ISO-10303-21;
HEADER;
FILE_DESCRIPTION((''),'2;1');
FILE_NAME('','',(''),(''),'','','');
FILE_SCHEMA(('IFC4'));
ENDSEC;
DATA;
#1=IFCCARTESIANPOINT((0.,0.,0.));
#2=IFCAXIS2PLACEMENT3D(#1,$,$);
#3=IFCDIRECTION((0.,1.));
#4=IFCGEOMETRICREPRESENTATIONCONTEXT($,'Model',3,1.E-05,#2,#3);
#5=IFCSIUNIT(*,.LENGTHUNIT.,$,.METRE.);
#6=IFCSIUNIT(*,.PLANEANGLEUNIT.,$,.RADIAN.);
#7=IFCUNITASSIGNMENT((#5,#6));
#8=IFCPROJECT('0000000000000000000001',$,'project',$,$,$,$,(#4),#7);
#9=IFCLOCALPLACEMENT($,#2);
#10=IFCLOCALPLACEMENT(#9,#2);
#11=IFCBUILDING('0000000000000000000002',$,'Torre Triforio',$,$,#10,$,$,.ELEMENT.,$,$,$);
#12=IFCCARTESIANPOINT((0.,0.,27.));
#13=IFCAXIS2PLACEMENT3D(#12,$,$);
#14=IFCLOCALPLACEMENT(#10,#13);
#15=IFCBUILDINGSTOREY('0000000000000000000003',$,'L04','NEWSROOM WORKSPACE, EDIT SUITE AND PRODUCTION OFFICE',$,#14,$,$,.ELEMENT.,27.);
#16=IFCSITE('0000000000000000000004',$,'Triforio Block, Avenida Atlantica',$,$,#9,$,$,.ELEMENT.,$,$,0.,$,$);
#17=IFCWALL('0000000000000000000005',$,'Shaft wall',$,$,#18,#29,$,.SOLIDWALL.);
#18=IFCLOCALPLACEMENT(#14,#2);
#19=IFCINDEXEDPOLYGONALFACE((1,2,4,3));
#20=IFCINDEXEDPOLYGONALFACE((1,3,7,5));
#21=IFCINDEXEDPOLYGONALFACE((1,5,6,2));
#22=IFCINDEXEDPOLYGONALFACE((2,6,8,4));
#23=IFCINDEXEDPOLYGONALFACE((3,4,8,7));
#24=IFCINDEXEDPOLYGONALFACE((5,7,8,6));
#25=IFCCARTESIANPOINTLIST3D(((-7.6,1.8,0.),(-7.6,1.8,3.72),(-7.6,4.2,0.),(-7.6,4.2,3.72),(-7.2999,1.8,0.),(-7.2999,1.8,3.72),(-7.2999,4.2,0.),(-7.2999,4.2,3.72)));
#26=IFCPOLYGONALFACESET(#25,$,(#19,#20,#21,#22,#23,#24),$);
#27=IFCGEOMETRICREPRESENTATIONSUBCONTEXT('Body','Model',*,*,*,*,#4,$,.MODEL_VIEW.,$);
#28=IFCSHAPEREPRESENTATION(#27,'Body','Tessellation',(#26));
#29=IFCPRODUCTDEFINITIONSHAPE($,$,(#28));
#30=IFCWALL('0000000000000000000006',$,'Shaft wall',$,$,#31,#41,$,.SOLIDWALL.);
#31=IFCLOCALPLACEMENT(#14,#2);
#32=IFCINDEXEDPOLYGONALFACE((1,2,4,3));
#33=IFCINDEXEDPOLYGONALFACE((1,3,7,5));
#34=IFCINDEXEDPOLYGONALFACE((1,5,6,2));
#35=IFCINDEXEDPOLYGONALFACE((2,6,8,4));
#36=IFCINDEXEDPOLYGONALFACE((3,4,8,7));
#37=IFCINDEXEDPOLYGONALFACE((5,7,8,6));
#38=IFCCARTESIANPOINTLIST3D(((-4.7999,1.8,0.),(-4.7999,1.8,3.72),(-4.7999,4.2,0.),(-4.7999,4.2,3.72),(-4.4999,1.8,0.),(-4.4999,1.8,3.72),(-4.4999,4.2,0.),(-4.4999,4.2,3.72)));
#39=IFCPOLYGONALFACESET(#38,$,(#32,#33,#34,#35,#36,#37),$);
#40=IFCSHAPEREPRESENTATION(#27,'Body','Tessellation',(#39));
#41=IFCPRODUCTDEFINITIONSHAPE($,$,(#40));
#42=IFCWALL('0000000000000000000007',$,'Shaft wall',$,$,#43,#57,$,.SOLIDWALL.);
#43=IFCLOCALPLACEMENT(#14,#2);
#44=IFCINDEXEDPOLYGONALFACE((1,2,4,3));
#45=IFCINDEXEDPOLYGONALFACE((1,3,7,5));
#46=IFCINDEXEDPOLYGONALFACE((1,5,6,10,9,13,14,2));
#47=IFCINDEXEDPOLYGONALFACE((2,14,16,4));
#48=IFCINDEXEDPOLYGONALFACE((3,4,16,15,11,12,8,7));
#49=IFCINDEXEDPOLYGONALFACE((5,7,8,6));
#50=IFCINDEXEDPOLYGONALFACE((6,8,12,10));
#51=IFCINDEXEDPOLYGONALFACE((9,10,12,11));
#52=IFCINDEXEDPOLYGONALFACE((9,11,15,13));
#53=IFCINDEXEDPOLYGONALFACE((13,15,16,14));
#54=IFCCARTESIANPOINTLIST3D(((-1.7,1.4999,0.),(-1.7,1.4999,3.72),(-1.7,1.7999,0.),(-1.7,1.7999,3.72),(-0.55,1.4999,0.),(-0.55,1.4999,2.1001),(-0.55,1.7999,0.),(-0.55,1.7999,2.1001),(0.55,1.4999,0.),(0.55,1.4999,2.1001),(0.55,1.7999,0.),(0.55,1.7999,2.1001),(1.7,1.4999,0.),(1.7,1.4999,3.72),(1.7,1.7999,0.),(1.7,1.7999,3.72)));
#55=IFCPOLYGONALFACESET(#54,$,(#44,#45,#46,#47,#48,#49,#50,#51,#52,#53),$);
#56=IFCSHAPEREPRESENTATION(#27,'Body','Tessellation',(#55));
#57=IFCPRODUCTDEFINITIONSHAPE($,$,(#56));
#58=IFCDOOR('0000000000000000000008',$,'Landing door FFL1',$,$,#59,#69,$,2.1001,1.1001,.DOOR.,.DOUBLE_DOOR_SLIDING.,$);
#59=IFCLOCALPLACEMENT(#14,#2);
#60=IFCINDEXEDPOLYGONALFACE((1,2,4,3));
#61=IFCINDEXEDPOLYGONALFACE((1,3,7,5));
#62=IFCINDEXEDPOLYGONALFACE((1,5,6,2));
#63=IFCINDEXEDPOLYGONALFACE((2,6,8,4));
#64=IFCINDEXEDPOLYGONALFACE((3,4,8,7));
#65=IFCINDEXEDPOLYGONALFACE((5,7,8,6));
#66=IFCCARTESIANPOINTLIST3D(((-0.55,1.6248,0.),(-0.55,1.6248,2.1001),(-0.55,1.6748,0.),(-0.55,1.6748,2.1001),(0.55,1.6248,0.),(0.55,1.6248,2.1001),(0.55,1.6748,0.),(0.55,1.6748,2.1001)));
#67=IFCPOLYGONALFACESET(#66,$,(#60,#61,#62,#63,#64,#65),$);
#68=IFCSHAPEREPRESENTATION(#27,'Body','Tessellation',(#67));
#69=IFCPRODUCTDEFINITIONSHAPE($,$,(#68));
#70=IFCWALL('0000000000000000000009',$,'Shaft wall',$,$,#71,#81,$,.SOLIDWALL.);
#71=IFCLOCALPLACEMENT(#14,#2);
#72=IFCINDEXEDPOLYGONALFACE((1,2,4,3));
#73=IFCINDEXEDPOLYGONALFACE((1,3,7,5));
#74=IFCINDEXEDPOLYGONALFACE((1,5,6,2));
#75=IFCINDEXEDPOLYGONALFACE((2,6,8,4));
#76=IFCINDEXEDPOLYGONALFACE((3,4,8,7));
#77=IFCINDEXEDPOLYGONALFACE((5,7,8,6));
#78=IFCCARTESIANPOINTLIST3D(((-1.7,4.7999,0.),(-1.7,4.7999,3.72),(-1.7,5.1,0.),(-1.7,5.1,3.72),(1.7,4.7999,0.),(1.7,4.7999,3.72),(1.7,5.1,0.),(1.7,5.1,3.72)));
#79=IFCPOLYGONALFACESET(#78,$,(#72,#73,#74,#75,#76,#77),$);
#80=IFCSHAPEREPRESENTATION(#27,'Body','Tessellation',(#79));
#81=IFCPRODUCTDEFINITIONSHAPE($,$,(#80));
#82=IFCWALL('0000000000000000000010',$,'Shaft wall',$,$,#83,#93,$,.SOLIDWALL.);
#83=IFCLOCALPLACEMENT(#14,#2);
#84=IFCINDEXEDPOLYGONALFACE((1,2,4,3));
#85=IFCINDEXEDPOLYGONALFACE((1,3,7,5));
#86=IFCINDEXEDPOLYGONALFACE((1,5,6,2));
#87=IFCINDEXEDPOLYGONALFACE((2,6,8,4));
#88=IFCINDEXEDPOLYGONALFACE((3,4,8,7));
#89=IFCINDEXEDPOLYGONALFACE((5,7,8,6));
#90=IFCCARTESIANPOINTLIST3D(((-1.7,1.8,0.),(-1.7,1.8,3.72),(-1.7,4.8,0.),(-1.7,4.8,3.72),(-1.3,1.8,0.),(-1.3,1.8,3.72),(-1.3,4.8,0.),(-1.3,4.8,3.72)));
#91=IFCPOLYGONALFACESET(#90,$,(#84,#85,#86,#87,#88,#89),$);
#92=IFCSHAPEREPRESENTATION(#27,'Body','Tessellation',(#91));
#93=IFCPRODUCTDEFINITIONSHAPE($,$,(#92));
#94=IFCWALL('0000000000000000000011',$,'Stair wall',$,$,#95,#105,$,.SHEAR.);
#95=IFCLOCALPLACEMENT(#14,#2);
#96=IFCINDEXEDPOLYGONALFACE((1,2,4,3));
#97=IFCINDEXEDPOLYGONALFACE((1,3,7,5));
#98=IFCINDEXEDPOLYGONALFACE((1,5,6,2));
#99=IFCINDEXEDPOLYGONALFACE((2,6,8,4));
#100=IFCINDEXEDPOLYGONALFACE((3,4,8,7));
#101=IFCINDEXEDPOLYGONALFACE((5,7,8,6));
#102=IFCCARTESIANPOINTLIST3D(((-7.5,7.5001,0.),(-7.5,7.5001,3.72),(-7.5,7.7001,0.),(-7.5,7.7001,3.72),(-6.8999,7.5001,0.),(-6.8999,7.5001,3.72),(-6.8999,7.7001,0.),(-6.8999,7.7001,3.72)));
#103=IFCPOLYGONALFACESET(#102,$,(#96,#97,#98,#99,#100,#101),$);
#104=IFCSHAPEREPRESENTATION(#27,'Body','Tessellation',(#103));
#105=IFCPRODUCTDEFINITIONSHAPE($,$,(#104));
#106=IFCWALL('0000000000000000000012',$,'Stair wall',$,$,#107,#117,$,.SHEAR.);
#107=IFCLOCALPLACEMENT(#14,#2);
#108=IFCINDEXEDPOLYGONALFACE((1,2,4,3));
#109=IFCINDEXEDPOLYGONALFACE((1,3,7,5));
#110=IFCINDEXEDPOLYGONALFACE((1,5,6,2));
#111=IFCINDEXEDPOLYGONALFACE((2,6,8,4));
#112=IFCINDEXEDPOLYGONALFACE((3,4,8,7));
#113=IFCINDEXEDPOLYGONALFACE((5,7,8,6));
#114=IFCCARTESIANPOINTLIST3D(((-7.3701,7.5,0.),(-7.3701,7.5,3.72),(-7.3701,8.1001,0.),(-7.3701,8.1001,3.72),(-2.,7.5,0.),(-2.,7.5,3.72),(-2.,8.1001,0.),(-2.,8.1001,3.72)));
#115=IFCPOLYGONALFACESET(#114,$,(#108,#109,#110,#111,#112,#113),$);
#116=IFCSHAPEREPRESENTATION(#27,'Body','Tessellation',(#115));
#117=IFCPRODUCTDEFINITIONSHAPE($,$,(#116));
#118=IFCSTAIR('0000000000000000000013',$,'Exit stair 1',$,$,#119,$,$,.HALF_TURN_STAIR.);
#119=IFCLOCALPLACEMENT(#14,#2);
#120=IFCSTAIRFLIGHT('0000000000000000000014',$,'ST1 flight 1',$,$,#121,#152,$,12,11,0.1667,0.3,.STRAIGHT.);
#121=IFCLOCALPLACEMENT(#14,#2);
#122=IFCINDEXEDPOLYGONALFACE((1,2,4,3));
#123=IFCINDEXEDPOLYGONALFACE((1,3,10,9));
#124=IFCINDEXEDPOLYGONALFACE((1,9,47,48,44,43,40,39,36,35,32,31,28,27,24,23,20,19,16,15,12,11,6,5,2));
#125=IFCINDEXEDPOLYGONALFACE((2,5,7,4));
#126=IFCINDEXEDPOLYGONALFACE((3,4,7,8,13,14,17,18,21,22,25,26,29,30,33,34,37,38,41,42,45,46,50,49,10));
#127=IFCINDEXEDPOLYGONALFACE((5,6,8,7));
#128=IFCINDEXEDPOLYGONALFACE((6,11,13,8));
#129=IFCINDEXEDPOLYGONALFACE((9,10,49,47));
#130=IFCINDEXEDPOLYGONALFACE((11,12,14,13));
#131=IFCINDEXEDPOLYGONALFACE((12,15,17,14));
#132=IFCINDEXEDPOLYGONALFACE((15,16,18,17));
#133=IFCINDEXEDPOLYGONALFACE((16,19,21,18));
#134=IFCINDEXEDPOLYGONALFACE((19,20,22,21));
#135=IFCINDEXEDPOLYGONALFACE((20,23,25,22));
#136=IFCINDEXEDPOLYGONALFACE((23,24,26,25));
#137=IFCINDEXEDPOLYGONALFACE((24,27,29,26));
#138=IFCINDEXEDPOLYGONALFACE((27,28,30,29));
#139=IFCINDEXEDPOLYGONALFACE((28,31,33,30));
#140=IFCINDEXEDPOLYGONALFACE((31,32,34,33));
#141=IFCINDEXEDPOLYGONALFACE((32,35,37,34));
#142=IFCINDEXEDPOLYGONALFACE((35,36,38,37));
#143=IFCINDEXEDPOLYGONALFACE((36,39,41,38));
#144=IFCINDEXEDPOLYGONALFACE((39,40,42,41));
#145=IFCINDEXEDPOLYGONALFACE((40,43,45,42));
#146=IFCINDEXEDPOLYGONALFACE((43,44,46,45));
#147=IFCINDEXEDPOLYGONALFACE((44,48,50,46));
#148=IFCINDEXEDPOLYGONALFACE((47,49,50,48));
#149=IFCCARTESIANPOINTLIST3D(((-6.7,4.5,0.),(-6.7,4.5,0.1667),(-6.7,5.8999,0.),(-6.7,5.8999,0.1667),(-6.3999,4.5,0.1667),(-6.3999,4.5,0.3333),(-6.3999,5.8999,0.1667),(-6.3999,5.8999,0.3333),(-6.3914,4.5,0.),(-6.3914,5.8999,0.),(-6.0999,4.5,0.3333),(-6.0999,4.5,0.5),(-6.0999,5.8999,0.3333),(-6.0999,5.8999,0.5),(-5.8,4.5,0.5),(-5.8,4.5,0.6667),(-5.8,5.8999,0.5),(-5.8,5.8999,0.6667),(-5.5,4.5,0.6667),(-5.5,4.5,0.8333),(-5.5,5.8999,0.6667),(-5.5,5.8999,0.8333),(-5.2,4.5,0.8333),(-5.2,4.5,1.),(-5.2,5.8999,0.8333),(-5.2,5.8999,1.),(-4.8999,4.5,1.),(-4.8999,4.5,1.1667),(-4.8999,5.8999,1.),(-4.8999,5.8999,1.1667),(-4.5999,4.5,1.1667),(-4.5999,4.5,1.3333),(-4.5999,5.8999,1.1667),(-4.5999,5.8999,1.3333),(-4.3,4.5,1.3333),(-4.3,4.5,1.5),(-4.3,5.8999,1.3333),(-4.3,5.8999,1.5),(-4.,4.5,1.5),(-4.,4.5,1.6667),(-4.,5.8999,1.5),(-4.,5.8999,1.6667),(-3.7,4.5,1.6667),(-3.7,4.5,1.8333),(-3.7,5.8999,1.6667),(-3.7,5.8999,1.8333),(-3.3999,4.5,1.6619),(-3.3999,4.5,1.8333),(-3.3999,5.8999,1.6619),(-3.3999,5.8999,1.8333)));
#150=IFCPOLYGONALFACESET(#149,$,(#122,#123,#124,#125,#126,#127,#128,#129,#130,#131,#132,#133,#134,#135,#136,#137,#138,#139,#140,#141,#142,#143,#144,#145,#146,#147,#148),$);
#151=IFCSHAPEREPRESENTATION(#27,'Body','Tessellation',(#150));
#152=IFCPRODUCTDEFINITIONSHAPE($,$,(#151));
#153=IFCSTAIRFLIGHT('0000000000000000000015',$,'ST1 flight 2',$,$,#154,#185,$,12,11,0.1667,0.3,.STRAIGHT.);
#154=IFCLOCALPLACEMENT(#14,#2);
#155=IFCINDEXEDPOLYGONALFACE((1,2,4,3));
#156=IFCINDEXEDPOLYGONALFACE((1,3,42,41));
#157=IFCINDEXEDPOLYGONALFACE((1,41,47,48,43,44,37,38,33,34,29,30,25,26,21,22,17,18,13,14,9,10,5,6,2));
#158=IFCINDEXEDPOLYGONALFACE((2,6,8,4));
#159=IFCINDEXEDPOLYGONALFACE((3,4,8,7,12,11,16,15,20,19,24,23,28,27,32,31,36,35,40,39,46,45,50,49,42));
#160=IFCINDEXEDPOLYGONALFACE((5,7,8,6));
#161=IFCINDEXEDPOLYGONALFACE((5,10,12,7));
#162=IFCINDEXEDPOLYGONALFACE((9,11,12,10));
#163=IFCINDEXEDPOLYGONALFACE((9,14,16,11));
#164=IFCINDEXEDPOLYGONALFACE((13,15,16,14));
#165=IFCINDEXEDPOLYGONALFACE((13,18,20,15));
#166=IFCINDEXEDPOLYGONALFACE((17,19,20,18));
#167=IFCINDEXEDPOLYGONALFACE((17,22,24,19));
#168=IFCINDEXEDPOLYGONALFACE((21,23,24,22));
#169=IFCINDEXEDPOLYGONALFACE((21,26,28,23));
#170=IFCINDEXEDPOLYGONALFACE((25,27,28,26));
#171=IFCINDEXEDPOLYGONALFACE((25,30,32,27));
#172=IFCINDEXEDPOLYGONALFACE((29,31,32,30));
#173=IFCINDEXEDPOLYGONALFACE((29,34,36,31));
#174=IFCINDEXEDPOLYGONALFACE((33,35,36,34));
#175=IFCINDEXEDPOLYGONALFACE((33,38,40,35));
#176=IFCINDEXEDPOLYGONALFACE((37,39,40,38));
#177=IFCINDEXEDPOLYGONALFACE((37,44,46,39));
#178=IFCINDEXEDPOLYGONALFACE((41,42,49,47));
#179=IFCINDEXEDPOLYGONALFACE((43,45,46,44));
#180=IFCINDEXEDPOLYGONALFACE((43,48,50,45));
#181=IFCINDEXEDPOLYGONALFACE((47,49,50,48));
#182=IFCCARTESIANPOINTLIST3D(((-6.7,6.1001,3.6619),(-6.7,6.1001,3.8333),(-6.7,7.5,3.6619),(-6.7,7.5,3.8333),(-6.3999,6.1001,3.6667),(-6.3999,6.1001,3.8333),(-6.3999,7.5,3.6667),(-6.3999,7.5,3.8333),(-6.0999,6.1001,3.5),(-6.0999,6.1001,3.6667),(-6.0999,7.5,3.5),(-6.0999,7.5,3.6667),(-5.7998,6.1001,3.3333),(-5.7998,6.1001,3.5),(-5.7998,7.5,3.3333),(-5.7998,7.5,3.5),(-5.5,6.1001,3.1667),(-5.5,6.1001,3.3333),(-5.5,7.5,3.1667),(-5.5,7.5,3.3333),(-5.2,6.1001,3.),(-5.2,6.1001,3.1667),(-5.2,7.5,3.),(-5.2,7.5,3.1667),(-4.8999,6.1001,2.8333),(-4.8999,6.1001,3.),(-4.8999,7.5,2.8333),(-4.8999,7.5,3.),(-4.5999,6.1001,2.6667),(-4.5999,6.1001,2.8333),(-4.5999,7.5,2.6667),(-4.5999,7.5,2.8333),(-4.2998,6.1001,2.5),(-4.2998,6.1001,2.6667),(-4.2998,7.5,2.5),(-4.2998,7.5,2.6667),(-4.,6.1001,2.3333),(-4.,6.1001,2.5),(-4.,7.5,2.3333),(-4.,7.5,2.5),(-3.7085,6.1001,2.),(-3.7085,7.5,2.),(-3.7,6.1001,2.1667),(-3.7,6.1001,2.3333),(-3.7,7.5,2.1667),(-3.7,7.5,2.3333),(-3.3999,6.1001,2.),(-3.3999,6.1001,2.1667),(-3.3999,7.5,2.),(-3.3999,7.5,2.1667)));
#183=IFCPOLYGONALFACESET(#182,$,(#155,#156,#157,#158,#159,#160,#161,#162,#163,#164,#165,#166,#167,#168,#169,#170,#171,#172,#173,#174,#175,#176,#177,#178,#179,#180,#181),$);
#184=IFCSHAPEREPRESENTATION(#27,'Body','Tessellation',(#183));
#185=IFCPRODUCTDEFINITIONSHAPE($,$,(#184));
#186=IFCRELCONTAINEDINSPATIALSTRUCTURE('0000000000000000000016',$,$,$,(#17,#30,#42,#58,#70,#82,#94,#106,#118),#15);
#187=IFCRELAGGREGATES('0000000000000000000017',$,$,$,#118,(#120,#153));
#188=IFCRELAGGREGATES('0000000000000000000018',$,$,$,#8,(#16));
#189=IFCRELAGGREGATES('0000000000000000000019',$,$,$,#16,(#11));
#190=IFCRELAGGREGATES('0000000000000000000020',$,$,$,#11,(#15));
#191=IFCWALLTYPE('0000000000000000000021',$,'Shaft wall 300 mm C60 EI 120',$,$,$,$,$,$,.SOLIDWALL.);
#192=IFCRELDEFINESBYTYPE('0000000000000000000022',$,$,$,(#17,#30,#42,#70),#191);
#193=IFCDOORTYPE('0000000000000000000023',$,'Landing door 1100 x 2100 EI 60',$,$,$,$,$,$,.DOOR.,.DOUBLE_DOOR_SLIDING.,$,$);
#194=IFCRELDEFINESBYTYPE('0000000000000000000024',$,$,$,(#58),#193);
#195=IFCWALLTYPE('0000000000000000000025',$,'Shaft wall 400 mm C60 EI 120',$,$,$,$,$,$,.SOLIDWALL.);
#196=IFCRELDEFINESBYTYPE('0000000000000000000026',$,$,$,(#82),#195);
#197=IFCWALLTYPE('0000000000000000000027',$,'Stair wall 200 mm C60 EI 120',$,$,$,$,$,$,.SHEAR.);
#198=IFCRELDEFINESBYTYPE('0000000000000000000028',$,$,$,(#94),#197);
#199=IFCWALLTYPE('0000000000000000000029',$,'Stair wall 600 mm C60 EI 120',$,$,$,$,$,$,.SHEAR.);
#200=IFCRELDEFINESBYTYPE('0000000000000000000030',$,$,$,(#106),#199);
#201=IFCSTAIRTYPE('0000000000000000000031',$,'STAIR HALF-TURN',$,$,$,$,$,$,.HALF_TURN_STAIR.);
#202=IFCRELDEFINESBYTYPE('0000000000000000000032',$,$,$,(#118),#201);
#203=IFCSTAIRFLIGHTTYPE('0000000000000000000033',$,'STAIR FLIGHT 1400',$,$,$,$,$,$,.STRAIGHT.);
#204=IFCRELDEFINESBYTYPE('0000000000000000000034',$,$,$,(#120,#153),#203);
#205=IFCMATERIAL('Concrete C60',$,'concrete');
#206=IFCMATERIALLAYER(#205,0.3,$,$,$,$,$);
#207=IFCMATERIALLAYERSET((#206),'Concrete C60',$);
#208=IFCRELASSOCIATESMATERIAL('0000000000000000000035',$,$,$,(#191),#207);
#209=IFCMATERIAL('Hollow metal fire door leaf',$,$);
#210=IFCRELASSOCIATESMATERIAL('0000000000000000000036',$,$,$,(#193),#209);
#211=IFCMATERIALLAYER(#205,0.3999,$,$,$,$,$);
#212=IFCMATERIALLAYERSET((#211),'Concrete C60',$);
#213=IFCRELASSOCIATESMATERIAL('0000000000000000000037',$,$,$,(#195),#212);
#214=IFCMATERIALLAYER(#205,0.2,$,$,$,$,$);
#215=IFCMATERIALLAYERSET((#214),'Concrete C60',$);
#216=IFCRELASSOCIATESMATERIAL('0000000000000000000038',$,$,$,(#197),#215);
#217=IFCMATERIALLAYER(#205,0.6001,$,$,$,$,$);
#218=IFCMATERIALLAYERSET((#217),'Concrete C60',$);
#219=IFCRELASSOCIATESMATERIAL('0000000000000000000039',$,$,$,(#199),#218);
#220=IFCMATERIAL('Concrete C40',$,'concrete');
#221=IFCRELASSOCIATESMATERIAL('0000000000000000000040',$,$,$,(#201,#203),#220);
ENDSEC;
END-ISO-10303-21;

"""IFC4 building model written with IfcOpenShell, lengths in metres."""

from ifc_helpers import new_model, si_unit, direction, frame, frame_2d, origin, place, context, subcontext, project, spatial, polyline, rectangle, outline, extrude, material, layer, layer_set, type_object, element, fill, aggregate, save


model = new_model("IFC4")

# Units and contexts
model_context = context("Model", 3, precision=1e-05, world=origin(), true_north=direction((0.0, 1.0)))
body_context = subcontext(model_context, "Body", "Model", "MODEL_VIEW")
ifc_project = project(units=[si_unit("LENGTHUNIT", "METRE"), si_unit("PLANEANGLEUNIT", "RADIAN")], contexts=[model_context])

# Site, building, storey
site_placement = place(None, origin())
site = spatial("IfcSite", under=ifc_project, at=site_placement, Name="Triforio Block, Avenida Atlantica", CompositionType="ELEMENT", RefElevation=0.0)
building_placement = place(site_placement, origin())
building = spatial("IfcBuilding", under=site, at=building_placement, Name="Torre Triforio", CompositionType="ELEMENT")
storey_placement = place(building_placement, frame((0.0, 0.0, 27.0)))
storey = spatial("IfcBuildingStorey", under=building, at=storey_placement, Name="L04", Description="NEWSROOM WORKSPACE, EDIT SUITE AND PRODUCTION OFFICE", CompositionType="ELEMENT", Elevation=27.0)

# Walls
ifc_material_1 = material(Name="Concrete C60", Category="concrete")
ifc_layer_1 = layer(ifc_material_1, 0.3)
ifc_layer_set_1 = layer_set([ifc_layer_1], Name="Concrete C60")
wall_type_1 = type_object("IfcWallType", Name="Shaft wall 300 mm C60 EI 120", PredefinedType="SOLIDWALL", material=ifc_layer_set_1)
for number, where, z_axis, x_axis, name in (
    (1, (-7.45, 1.8, 0.0), (0.0, 0.0, 1.0), (0.0, 1.0, 0.0), "Shaft wall"),
    (2, (-4.6499, 1.8, 0.0), (0.0, 0.0, 1.0), (0.0, 1.0, 0.0), "Shaft wall"),
):
    element("IfcWall", number, at=place(storey_placement, frame(where, z_axis=z_axis, x_axis=x_axis)), inside=storey, type_object=wall_type_1, Name=name, PredefinedType="SOLIDWALL", context=body_context, shape_type="SweptSolid", body=[
        extrude(rectangle(XDim=2.3999, YDim=0.3, at=frame_2d((1.2, 0.0))), origin(), (0.0, 0.0, 1.0), 3.72),
    ])

# Wall, opening, door
wall_1_placement = place(storey_placement, frame((-1.7, 1.6499, 0.0), z_axis=(0.0, 0.0, 1.0), x_axis=(1.0, 0.0, 0.0)))
wall_1 = element("IfcWall", 3, at=wall_1_placement, inside=storey, type_object=wall_type_1, Name="Shaft wall", PredefinedType="SOLIDWALL", context=body_context, shape_type="SweptSolid", body=[
    extrude(rectangle(XDim=3.3999, YDim=0.3, at=frame_2d((1.7, 0.0))), origin(), (0.0, 0.0, 1.0), 3.72),
])
opening_placement = place(wall_1_placement, frame((1.1499, 0.0, 0.0)))
opening = element("IfcOpeningElement", 4, at=opening_placement, cuts=wall_1, PredefinedType="OPENING", context=body_context, shape_type="SweptSolid", body=[
    extrude(rectangle(XDim=1.1001, YDim=2.1001, at=frame_2d((0.55, 1.05))), frame((0.0, 0.1599, 0.0), z_axis=(0.0, -1.0, 0.0), x_axis=(1.0, 0.0, 0.0)), (0.0, 0.0, 1.0), 0.3201),
])
ifc_material_2 = material(Name="Hollow metal fire door leaf")
door_type = type_object("IfcDoorType", Name="Landing door 1100 x 2100 EI 60", OperationType="DOUBLE_DOOR_SLIDING", PredefinedType="DOOR", material=ifc_material_2)
door_placement = place(opening_placement, origin())
door = element("IfcDoor", 5, at=door_placement, inside=storey, type_object=door_type, Name="Landing door FFL1", OperationType="DOUBLE_DOOR_SLIDING", OverallHeight=2.1001, OverallWidth=1.1001, PredefinedType="DOOR", context=body_context, shape_type="SweptSolid", body=[
    extrude(rectangle(XDim=1.1001, YDim=2.1001, at=frame_2d((0.55, 1.05))), frame((0.0, 0.0249, 0.0), z_axis=(0.0, -1.0, 0.0), x_axis=(1.0, 0.0, 0.0)), (0.0, 0.0, 1.0), 0.05),
])
fill(opening, door)

# Walls
wall_2_placement = place(storey_placement, frame((-1.7, 4.95, 0.0), z_axis=(0.0, 0.0, 1.0), x_axis=(1.0, 0.0, 0.0)))
element("IfcWall", 6, at=wall_2_placement, inside=storey, type_object=wall_type_1, Name="Shaft wall", PredefinedType="SOLIDWALL", context=body_context, shape_type="SweptSolid", body=[
    extrude(rectangle(XDim=3.3999, YDim=0.3, at=frame_2d((1.7, 0.0))), origin(), (0.0, 0.0, 1.0), 3.72),
])
ifc_layer_2 = layer(ifc_material_1, 0.3999)
ifc_layer_set_2 = layer_set([ifc_layer_2], Name="Concrete C60")
wall_type_2 = type_object("IfcWallType", Name="Shaft wall 400 mm C60 EI 120", PredefinedType="SOLIDWALL", material=ifc_layer_set_2)
wall_3_placement = place(storey_placement, frame((-1.5, 1.8, 0.0), z_axis=(0.0, 0.0, 1.0), x_axis=(0.0, 1.0, 0.0)))
element("IfcWall", 7, at=wall_3_placement, inside=storey, type_object=wall_type_2, Name="Shaft wall", PredefinedType="SOLIDWALL", context=body_context, shape_type="SweptSolid", body=[
    extrude(rectangle(XDim=3.0, YDim=0.3999, at=frame_2d((1.5, 0.0))), origin(), (0.0, 0.0, 1.0), 3.72),
])
ifc_layer_3 = layer(ifc_material_1, 0.2)
ifc_layer_set_3 = layer_set([ifc_layer_3], Name="Concrete C60")
wall_type_3 = type_object("IfcWallType", Name="Stair wall 200 mm C60 EI 120", PredefinedType="SHEAR", material=ifc_layer_set_3)
wall_4_placement = place(storey_placement, frame((-7.5, 7.6001, 0.0), z_axis=(0.0, 0.0, 1.0), x_axis=(1.0, 0.0, 0.0)))
element("IfcWall", 8, at=wall_4_placement, inside=storey, type_object=wall_type_3, Name="Stair wall", PredefinedType="SHEAR", context=body_context, shape_type="SweptSolid", body=[
    extrude(rectangle(XDim=0.6001, YDim=0.2, at=frame_2d((0.3, 0.0))), origin(), (0.0, 0.0, 1.0), 3.72),
])
ifc_layer_4 = layer(ifc_material_1, 0.6001)
ifc_layer_set_4 = layer_set([ifc_layer_4], Name="Concrete C60")
wall_type_4 = type_object("IfcWallType", Name="Stair wall 600 mm C60 EI 120", PredefinedType="SHEAR", material=ifc_layer_set_4)
wall_5_placement = place(storey_placement, frame((-7.3701, 7.8, 0.0), z_axis=(0.0, 0.0, 1.0), x_axis=(1.0, 0.0, 0.0)))
element("IfcWall", 9, at=wall_5_placement, inside=storey, type_object=wall_type_4, Name="Stair wall", PredefinedType="SHEAR", context=body_context, shape_type="SweptSolid", body=[
    extrude(rectangle(XDim=5.3701, YDim=0.6001, at=frame_2d((2.6851, 0.0))), origin(), (0.0, 0.0, 1.0), 3.72),
])

# Stair, stair flights
ifc_material_3 = material(Name="Concrete C40", Category="concrete")
stair_type = type_object("IfcStairType", Name="STAIR HALF-TURN", PredefinedType="HALF_TURN_STAIR", material=ifc_material_3)
stair_placement = place(storey_placement, origin())
stair = element("IfcStair", 10, at=stair_placement, inside=storey, type_object=stair_type, Name="Exit stair 1", PredefinedType="HALF_TURN_STAIR")
stair_flight_type = type_object("IfcStairFlightType", Name="STAIR FLIGHT 1400", PredefinedType="STRAIGHT", material=ifc_material_3)
stair_flight_1_placement = place(storey_placement, frame((-6.7, 5.2, 0.0), z_axis=(0.0, 0.0, 1.0), x_axis=(1.0, 0.0, 0.0)))
stair_flight_1 = element("IfcStairFlight", 11, at=stair_flight_1_placement, type_object=stair_flight_type, Name="ST1 flight 1", NumberOfRisers=12, NumberOfTreads=11, PredefinedType="STRAIGHT", RiserHeight=0.1667, TreadLength=0.3, context=body_context, shape_type="SweptSolid", body=[
    extrude(outline(polyline([(0.0, 0.0), (0.0, 0.1667), (0.3, 0.1667), (0.3, 0.3333), (0.6001, 0.3333), (0.6001, 0.5), (0.8999, 0.5), (0.8999, 0.6667), (1.2, 0.6667), (1.2, 0.8333), (1.5, 0.8333), (1.5, 1.0), (1.8, 1.0), (1.8, 1.1667), (2.1001, 1.1667), (2.1001, 1.3333), (2.3999, 1.3333), (2.3999, 1.5), (2.7, 1.5), (2.7, 1.6667), (3.0, 1.6667), (3.0, 1.8333), (3.3, 1.8333), (3.3, 2.0), (3.3, 1.6619), (0.3086, 0.0), (0.0, 0.0)])), frame((0.0, 0.7, 0.0), z_axis=(0.0, -1.0, 0.0), x_axis=(1.0, 0.0, 0.0)), (0.0, 0.0, 1.0), 1.3999),
])
stair_flight_2_placement = place(storey_placement, frame((-3.3999, 6.8, 2.0), z_axis=(0.0, 0.0, 1.0), x_axis=(-1.0, 0.0, 0.0)))
stair_flight_2 = element("IfcStairFlight", 12, at=stair_flight_2_placement, type_object=stair_flight_type, Name="ST1 flight 2", NumberOfRisers=12, NumberOfTreads=11, PredefinedType="STRAIGHT", RiserHeight=0.1667, TreadLength=0.3, context=body_context, shape_type="SweptSolid", body=[
    extrude(outline(polyline([(0.0, 0.0), (0.0, 0.1667), (0.3, 0.1667), (0.3, 0.3333), (0.6001, 0.3333), (0.6001, 0.5), (0.8999, 0.5), (0.8999, 0.6667), (1.2, 0.6667), (1.2, 0.8333), (1.5, 0.8333), (1.5, 1.0), (1.8, 1.0), (1.8, 1.1667), (2.1001, 1.1667), (2.1001, 1.3333), (2.3999, 1.3333), (2.3999, 1.5), (2.7, 1.5), (2.7, 1.6667), (3.0, 1.6667), (3.0, 1.8333), (3.3, 1.8333), (3.3, 2.0), (3.3, 1.6619), (0.3086, 0.0), (0.0, 0.0)])), frame((0.0, 0.7, 0.0), z_axis=(0.0, -1.0, 0.0), x_axis=(1.0, 0.0, 0.0)), (0.0, 0.0, 1.0), 1.3999),
])
aggregate(stair, [stair_flight_1, stair_flight_2])

save(model, "model.ifc")
